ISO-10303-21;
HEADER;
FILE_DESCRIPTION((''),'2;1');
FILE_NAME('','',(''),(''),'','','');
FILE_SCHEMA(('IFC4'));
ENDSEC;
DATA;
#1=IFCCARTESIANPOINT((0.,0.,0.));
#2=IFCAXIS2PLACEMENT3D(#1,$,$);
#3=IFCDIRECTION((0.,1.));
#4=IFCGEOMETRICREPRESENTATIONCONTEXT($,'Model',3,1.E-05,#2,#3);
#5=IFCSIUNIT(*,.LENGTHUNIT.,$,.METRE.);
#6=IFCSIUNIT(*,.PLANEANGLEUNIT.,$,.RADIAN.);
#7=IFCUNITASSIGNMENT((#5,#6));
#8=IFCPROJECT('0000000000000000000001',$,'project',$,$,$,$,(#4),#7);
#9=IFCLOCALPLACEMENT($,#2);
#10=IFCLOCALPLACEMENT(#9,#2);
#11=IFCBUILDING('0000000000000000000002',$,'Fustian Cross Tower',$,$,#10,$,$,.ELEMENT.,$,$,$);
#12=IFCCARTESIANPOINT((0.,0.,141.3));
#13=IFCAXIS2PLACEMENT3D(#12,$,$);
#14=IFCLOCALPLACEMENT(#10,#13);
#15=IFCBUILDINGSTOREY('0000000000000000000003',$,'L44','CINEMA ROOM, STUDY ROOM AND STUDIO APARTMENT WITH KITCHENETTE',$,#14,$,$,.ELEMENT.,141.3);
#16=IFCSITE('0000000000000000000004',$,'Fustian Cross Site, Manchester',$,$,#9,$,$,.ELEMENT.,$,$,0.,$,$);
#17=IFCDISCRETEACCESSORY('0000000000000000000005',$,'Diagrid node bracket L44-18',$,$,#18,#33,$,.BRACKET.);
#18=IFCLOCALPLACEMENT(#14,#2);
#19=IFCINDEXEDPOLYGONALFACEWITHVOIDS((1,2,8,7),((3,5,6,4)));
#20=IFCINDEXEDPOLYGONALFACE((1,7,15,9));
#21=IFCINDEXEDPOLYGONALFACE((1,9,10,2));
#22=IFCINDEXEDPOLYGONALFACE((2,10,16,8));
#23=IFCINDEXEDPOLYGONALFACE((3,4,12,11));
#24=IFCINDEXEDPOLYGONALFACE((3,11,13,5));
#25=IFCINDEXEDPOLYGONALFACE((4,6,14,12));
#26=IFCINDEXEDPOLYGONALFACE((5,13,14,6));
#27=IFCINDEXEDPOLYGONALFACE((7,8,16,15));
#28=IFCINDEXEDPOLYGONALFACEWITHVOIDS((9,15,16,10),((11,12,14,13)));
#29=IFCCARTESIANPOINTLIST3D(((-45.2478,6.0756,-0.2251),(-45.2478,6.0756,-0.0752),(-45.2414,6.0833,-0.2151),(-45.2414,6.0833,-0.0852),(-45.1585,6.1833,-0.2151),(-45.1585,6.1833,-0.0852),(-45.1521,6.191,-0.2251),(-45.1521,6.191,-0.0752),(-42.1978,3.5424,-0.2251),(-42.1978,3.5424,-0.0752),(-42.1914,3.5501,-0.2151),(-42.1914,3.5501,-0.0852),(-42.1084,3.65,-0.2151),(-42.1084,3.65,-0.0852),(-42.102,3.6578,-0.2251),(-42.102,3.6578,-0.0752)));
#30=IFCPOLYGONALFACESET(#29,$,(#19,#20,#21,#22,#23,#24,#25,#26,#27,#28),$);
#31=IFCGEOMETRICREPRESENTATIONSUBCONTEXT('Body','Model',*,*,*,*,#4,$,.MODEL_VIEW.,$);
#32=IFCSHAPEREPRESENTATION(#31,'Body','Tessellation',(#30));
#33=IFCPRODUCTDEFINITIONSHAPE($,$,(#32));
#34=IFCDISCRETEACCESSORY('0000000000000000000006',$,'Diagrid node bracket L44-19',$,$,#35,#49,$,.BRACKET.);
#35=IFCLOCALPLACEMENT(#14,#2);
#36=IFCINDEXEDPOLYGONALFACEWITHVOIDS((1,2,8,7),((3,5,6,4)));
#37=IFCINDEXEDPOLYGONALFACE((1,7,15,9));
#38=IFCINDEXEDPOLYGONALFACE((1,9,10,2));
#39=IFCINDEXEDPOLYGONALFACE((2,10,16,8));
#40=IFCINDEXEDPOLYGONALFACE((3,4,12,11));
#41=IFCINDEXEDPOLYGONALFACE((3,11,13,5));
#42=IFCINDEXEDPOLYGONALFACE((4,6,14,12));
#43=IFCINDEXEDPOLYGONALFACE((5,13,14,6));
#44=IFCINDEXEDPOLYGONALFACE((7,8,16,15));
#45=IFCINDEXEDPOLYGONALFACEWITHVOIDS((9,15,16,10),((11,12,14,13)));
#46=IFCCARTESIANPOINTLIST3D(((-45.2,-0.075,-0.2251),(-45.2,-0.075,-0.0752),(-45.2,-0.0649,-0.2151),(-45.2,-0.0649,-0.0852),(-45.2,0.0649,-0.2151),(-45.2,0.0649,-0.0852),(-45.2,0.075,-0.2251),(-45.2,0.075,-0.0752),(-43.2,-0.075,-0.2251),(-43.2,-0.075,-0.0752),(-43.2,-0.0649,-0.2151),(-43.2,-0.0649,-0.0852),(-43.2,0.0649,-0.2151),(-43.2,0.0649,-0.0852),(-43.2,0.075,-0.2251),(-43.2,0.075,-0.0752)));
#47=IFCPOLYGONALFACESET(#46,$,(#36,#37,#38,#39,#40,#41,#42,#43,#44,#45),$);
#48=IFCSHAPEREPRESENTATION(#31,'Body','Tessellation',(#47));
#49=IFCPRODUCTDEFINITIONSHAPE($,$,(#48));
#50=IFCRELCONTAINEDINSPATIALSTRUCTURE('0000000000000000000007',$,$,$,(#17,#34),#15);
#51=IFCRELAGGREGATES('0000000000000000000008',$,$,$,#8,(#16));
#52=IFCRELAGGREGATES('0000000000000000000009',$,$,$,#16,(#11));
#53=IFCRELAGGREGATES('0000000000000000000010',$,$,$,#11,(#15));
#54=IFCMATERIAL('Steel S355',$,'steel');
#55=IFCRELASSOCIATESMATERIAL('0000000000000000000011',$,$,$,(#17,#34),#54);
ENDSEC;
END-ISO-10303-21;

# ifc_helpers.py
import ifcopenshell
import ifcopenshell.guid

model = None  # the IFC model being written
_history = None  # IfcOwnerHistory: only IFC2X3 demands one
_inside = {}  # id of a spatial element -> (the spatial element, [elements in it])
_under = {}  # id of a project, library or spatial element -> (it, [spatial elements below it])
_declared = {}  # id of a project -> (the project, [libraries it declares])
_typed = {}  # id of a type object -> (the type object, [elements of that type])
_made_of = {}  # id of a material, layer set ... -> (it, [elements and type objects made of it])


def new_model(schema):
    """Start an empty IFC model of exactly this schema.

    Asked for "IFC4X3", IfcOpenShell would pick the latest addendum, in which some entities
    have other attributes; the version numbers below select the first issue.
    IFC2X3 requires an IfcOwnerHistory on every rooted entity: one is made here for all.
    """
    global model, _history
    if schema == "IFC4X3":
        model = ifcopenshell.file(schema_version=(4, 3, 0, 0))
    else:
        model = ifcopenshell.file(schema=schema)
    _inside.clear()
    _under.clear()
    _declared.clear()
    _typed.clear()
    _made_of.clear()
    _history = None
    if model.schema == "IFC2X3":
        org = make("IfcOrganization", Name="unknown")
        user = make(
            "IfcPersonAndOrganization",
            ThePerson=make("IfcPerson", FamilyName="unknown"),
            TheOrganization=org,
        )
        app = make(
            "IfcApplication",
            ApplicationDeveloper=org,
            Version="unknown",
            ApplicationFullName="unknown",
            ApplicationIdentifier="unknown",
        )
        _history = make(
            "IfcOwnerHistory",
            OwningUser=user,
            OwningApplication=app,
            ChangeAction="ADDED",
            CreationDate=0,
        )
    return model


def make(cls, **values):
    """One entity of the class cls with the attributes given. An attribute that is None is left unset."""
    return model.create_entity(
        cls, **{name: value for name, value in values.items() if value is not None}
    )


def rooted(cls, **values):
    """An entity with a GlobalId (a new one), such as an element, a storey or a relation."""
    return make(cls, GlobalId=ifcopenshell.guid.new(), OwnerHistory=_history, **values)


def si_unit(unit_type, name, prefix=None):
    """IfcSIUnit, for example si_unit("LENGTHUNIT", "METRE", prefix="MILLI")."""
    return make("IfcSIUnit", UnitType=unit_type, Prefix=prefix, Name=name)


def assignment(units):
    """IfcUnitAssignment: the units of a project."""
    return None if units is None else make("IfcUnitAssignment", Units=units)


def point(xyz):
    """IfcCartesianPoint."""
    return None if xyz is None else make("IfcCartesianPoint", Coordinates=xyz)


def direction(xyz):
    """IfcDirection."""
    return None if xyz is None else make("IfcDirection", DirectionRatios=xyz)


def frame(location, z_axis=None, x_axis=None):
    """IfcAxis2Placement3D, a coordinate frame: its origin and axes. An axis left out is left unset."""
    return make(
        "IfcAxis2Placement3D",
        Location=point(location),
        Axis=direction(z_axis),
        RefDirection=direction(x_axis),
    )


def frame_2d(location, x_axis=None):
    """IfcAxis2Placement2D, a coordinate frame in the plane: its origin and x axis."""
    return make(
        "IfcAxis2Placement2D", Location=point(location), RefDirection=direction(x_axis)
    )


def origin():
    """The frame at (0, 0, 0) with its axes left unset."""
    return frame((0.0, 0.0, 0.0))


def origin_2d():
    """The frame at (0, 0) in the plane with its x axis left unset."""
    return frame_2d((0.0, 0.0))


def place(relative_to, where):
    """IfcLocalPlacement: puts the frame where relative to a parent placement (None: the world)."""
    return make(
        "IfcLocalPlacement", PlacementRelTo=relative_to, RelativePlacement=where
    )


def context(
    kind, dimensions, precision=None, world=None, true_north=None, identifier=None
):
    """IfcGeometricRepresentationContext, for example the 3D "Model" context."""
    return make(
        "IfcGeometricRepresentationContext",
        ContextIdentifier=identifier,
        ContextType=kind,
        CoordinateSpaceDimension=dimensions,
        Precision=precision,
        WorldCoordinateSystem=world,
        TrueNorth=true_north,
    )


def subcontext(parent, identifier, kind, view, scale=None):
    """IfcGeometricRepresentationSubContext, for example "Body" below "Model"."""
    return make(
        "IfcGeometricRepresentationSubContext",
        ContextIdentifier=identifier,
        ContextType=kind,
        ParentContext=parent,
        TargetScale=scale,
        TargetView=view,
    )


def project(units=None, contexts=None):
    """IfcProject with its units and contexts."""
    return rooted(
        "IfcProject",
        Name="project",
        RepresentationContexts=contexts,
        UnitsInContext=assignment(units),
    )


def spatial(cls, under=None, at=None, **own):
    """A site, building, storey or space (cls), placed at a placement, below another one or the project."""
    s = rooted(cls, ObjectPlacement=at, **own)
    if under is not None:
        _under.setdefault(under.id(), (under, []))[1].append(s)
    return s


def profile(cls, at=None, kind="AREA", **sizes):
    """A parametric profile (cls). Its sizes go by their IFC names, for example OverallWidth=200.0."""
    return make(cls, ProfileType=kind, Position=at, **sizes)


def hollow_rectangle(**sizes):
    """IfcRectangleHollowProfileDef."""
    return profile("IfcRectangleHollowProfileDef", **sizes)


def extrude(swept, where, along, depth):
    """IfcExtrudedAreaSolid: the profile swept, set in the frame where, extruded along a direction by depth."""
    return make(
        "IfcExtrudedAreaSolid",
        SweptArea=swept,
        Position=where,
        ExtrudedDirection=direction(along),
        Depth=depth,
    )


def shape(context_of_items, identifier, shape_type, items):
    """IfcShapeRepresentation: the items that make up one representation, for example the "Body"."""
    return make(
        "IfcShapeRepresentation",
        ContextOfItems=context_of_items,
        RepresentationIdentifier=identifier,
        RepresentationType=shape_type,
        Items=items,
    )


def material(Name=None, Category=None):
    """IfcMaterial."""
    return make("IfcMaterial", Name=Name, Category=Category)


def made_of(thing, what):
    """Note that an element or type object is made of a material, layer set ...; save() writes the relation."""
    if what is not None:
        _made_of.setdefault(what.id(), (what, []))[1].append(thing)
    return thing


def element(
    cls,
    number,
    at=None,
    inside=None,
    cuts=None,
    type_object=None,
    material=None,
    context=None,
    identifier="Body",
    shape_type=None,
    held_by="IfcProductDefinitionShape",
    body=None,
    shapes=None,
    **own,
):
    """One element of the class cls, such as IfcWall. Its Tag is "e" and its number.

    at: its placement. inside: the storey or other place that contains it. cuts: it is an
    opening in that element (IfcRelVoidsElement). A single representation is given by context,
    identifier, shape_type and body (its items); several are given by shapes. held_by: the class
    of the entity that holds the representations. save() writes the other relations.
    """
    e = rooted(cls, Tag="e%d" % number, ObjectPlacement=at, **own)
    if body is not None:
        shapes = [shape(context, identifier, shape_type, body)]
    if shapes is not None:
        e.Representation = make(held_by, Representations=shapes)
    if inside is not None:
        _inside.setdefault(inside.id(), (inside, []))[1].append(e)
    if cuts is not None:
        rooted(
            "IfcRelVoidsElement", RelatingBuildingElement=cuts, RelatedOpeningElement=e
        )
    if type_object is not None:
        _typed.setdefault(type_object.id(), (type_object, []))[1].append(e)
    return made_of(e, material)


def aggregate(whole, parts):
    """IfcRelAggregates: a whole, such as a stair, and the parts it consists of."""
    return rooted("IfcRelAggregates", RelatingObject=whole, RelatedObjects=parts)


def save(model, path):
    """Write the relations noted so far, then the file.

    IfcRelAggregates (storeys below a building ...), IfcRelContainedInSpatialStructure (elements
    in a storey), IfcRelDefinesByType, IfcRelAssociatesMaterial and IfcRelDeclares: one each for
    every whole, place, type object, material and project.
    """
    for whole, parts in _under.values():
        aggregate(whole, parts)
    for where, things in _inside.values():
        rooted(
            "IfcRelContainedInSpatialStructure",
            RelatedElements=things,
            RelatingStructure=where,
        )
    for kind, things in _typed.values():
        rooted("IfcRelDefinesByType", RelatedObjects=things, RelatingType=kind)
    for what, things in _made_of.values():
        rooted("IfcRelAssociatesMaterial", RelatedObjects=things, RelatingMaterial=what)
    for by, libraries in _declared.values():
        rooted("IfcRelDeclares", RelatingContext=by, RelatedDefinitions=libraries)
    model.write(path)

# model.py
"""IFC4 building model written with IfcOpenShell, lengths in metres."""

from ifc_helpers import new_model, si_unit, direction, frame, origin, origin_2d, place, context, subcontext, project, spatial, hollow_rectangle, extrude, material, element, save


model = new_model("IFC4")

# Units and contexts
model_context = context("Model", 3, precision=1e-05, world=origin(), true_north=direction((0.0, 1.0)))
body_context = subcontext(model_context, "Body", "Model", "MODEL_VIEW")
ifc_project = project(units=[si_unit("LENGTHUNIT", "METRE"), si_unit("PLANEANGLEUNIT", "RADIAN")], contexts=[model_context])

# Site, building, storey
site_placement = place(None, origin())
site = spatial("IfcSite", under=ifc_project, at=site_placement, Name="Fustian Cross Site, Manchester", CompositionType="ELEMENT", RefElevation=0.0)
building_placement = place(site_placement, origin())
building = spatial("IfcBuilding", under=site, at=building_placement, Name="Fustian Cross Tower", CompositionType="ELEMENT")
storey_placement = place(building_placement, frame((0.0, 0.0, 141.3)))
storey = spatial("IfcBuildingStorey", under=building, at=storey_placement, Name="L44", Description="CINEMA ROOM, STUDY ROOM AND STUDIO APARTMENT WITH KITCHENETTE", CompositionType="ELEMENT", Elevation=141.3)

# Discrete accessories
ifc_material_1 = material(Name="Steel S355", Category="steel")
discrete_accessory_1_placement = place(storey_placement, frame((-45.2, 6.1333, -0.1501), z_axis=(0.769275, -0.638918, 0.0), x_axis=(0.638918, 0.769275, 0.0)))
element("IfcDiscreteAccessory", 1, at=discrete_accessory_1_placement, inside=storey, material=ifc_material_1, Name="Diagrid node bracket L44-18", PredefinedType="BRACKET", context=body_context, shape_type="SweptSolid", body=[
    extrude(hollow_rectangle(XDim=0.1499, YDim=0.1499, WallThickness=0.01, at=origin_2d()), origin(), (0.0, 0.0, 1.0), 3.9648),
])
discrete_accessory_2_placement = place(storey_placement, frame((-45.2, 0.0, -0.1501), z_axis=(1.0, 0.0, 0.0), x_axis=(0.0, 1.0, 0.0)))
element("IfcDiscreteAccessory", 2, at=discrete_accessory_2_placement, inside=storey, material=ifc_material_1, Name="Diagrid node bracket L44-19", PredefinedType="BRACKET", context=body_context, shape_type="SweptSolid", body=[
    extrude(hollow_rectangle(XDim=0.1499, YDim=0.1499, WallThickness=0.01, at=origin_2d()), origin(), (0.0, 0.0, 1.0), 2.0),
])

save(model, "model.ifc")
